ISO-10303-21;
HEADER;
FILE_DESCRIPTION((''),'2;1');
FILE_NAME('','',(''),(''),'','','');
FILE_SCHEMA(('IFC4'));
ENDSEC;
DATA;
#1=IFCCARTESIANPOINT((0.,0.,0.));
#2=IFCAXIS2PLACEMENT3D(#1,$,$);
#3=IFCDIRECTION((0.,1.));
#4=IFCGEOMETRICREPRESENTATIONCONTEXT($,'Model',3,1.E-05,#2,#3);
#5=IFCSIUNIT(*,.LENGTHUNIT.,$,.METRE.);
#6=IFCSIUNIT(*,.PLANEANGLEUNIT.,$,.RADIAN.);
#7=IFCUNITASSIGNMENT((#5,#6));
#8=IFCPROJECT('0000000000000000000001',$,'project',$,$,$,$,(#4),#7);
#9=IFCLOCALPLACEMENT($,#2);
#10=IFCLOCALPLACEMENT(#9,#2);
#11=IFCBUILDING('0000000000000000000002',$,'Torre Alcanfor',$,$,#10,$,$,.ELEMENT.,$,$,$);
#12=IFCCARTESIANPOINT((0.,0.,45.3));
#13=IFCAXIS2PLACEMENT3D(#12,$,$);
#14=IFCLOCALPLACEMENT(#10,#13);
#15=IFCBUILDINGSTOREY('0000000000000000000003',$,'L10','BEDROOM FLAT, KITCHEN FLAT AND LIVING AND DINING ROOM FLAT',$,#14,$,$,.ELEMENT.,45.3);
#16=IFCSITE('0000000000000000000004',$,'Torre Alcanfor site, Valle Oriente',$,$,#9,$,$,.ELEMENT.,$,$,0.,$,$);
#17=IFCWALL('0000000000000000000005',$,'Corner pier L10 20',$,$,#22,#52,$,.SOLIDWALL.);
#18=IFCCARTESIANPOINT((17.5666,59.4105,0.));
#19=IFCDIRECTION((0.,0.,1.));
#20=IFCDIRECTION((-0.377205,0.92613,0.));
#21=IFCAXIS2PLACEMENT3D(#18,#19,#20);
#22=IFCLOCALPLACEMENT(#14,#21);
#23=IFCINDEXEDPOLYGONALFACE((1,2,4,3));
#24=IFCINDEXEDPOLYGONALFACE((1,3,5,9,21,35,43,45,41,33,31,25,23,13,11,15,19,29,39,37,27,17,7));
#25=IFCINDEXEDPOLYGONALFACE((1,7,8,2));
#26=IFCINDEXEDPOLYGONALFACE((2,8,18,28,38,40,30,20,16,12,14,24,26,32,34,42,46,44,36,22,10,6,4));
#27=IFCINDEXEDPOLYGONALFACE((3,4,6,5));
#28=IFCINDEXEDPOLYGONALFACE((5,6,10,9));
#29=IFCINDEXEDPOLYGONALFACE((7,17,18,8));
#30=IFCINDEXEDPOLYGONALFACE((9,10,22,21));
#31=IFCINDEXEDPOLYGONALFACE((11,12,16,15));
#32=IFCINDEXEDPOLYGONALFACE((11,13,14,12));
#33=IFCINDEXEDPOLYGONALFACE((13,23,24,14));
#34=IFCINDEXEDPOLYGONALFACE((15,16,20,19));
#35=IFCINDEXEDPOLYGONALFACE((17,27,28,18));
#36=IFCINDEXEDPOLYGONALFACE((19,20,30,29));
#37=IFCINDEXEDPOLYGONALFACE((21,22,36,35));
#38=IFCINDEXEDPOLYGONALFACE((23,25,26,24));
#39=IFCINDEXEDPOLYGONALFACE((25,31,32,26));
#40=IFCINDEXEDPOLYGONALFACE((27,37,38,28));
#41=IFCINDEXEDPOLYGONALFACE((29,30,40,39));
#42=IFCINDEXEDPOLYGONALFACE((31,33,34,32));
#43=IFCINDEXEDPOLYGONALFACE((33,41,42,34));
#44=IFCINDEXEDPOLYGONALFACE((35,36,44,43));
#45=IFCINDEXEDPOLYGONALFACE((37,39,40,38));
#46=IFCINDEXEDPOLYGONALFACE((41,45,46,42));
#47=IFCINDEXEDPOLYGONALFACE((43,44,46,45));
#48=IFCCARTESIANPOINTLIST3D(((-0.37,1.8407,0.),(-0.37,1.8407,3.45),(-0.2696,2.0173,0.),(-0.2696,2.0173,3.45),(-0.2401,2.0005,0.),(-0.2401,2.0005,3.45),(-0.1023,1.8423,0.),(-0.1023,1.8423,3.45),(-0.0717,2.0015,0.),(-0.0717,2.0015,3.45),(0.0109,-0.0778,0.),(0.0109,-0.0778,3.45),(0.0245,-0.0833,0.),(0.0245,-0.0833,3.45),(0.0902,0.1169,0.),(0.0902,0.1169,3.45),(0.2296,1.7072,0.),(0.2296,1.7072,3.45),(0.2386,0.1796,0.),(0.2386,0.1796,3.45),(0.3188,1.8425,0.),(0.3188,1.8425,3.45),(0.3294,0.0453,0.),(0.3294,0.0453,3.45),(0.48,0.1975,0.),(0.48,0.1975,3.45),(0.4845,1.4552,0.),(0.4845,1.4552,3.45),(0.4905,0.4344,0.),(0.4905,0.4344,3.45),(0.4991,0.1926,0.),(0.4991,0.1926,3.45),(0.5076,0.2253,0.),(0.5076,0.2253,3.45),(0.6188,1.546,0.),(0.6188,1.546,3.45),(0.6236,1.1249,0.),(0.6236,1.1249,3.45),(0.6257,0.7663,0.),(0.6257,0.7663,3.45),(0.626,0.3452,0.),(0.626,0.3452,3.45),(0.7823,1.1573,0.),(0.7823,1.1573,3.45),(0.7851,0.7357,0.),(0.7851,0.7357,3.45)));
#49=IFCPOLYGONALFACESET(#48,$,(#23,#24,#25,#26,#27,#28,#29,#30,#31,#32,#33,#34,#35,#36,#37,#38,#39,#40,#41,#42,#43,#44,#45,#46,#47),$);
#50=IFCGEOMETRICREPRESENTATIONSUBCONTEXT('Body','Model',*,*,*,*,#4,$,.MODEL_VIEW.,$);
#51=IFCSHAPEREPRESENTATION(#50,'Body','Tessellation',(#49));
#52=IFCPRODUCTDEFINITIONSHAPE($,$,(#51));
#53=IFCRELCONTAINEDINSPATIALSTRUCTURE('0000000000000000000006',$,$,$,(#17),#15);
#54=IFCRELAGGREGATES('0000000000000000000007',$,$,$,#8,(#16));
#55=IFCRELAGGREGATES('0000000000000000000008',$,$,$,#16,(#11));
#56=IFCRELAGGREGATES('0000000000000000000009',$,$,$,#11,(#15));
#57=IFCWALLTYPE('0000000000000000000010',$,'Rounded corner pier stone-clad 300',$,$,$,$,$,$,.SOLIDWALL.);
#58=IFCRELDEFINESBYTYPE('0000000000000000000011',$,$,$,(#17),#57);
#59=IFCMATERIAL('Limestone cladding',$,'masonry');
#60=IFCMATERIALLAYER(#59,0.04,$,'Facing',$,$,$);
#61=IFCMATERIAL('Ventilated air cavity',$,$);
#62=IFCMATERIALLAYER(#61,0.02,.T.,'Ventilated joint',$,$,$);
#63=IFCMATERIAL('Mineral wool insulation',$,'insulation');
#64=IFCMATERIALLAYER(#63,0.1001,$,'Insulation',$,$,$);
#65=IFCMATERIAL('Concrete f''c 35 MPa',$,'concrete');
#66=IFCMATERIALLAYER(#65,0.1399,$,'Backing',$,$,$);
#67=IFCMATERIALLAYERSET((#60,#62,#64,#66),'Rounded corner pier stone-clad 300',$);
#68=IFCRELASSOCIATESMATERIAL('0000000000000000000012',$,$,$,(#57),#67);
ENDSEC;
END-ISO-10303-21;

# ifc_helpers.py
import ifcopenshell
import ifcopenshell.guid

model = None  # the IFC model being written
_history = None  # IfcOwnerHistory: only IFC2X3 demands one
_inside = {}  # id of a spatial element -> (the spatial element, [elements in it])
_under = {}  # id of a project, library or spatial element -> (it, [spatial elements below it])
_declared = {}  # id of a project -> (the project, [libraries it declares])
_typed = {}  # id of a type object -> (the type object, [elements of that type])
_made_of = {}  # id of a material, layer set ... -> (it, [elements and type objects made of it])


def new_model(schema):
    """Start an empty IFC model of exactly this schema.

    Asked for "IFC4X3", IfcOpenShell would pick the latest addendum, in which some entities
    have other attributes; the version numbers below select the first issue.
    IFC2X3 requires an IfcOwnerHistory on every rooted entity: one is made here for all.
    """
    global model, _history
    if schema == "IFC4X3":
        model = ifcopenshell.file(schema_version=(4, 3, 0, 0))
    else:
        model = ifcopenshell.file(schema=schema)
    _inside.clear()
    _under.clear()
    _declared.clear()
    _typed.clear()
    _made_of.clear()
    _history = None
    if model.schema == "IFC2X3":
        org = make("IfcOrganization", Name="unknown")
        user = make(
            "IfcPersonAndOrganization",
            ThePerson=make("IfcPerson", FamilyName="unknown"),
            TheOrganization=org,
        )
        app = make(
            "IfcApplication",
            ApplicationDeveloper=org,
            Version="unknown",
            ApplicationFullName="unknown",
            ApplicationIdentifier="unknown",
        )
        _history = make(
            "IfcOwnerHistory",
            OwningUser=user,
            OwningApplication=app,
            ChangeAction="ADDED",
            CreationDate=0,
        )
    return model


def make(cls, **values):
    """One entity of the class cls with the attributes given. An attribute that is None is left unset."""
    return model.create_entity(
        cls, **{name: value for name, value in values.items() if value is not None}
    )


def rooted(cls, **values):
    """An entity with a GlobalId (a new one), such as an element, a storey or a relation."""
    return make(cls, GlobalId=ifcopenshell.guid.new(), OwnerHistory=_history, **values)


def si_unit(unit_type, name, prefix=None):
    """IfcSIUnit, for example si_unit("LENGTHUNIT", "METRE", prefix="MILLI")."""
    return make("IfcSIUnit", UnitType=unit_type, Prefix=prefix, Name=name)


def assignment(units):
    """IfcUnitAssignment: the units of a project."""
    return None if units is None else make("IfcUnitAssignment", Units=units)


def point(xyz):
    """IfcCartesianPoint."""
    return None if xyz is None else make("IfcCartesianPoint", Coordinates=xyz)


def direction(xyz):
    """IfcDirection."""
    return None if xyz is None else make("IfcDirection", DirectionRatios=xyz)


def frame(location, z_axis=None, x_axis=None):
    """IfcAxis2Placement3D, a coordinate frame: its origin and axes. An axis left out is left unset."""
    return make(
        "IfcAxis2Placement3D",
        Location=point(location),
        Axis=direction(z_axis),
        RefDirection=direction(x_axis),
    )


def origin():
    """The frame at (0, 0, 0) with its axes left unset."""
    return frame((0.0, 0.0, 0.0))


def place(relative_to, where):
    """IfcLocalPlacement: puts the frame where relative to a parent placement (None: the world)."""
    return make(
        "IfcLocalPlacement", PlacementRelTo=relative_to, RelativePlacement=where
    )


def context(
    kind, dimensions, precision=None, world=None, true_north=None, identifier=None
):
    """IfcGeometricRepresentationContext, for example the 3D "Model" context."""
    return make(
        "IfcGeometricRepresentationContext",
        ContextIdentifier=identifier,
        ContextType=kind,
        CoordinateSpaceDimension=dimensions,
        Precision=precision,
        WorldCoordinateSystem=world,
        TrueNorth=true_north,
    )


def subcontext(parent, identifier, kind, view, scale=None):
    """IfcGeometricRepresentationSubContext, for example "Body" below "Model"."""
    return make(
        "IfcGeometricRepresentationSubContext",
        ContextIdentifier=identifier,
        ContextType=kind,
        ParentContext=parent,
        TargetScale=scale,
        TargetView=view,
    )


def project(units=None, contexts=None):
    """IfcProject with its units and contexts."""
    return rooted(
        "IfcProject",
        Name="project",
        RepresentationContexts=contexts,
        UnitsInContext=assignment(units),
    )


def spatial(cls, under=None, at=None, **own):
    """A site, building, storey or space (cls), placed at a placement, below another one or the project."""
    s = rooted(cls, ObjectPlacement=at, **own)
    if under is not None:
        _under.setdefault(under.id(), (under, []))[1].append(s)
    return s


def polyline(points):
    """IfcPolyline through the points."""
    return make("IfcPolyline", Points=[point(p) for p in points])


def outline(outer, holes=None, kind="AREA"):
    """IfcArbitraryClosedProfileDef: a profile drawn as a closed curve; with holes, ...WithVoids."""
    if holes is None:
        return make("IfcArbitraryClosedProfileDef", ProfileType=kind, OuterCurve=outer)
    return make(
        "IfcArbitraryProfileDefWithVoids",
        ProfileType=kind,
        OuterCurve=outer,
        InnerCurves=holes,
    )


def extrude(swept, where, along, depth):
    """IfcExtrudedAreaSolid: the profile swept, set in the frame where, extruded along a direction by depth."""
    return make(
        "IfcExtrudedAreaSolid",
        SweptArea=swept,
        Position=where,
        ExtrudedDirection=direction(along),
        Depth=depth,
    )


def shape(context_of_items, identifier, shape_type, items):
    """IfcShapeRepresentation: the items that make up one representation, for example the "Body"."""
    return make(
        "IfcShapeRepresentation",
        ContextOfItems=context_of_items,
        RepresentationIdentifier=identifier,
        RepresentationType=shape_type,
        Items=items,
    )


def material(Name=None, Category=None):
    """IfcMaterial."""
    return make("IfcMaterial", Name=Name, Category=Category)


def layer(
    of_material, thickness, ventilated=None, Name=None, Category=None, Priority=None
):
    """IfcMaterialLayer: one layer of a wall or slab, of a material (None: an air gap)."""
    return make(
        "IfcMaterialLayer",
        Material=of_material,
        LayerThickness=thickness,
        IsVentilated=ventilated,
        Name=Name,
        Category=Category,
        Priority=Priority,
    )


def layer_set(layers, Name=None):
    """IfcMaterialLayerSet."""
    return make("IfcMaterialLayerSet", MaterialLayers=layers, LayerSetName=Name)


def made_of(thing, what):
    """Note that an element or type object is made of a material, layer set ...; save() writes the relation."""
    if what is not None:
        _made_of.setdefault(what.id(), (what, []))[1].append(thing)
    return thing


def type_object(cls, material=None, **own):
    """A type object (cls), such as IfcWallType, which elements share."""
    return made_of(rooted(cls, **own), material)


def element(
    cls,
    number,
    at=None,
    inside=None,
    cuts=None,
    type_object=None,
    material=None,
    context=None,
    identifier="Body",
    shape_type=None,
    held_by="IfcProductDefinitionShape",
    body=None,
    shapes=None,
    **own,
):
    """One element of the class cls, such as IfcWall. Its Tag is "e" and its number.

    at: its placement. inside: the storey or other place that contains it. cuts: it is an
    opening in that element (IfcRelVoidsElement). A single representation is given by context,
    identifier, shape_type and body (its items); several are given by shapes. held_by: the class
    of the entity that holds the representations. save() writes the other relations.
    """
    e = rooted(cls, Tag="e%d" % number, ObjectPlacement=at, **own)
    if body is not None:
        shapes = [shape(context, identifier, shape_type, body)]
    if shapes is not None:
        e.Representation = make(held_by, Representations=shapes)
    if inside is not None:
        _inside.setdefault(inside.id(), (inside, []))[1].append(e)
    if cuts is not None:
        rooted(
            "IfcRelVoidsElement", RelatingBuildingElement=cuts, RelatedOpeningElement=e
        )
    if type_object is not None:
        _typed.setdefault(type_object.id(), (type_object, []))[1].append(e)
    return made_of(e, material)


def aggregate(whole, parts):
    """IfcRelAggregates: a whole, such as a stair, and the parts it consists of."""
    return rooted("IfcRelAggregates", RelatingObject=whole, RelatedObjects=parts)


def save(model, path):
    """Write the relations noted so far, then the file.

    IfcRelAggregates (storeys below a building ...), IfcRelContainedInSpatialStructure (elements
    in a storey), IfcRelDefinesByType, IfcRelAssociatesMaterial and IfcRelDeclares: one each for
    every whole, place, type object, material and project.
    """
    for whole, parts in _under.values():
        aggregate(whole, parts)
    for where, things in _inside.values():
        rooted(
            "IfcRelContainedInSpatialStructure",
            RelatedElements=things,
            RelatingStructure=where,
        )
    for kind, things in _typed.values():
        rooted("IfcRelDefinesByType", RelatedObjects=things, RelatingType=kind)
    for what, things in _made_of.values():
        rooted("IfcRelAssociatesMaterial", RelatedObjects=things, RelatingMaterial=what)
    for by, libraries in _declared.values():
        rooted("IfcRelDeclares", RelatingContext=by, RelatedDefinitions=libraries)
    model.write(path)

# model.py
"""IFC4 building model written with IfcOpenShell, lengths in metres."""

from ifc_helpers import new_model, si_unit, direction, frame, origin, place, context, subcontext, project, spatial, polyline, outline, extrude, material, layer, layer_set, type_object, element, save


model = new_model("IFC4")

# Units and contexts
model_context = context("Model", 3, precision=1e-05, world=origin(), true_north=direction((0.0, 1.0)))
body_context = subcontext(model_context, "Body", "Model", "MODEL_VIEW")
ifc_project = project(units=[si_unit("LENGTHUNIT", "METRE"), si_unit("PLANEANGLEUNIT", "RADIAN")], contexts=[model_context])

# Site, building, storey
site_placement = place(None, origin())
site = spatial("IfcSite", under=ifc_project, at=site_placement, Name="Torre Alcanfor site, Valle Oriente", CompositionType="ELEMENT", RefElevation=0.0)
building_placement = place(site_placement, origin())
building = spatial("IfcBuilding", under=site, at=building_placement, Name="Torre Alcanfor", CompositionType="ELEMENT")
storey_placement = place(building_placement, frame((0.0, 0.0, 45.3)))
storey = spatial("IfcBuildingStorey", under=building, at=storey_placement, Name="L10", Description="BEDROOM FLAT, KITCHEN FLAT AND LIVING AND DINING ROOM FLAT", CompositionType="ELEMENT", Elevation=45.3)

# Wall
ifc_material_1 = material(Name="Limestone cladding", Category="masonry")
ifc_layer_1 = layer(ifc_material_1, 0.04, Name="Facing")
ifc_material_2 = material(Name="Ventilated air cavity")
ifc_layer_2 = layer(ifc_material_2, 0.02, ventilated=True, Name="Ventilated joint")
ifc_material_3 = material(Name="Mineral wool insulation", Category="insulation")
ifc_layer_3 = layer(ifc_material_3, 0.1001, Name="Insulation")
ifc_material_4 = material(Name="Concrete f'c 35 MPa", Category="concrete")
ifc_layer_4 = layer(ifc_material_4, 0.1399, Name="Backing")
ifc_layer_set_1 = layer_set([ifc_layer_1, ifc_layer_2, ifc_layer_3, ifc_layer_4], Name="Rounded corner pier stone-clad 300")
wall_type_1 = type_object("IfcWallType", Name="Rounded corner pier stone-clad 300", PredefinedType="SOLIDWALL", material=ifc_layer_set_1)
wall_1_placement = place(storey_placement, frame((17.5666, 59.4105, 0.0), z_axis=(0.0, 0.0, 1.0), x_axis=(-0.377205, 0.92613, 0.0)))
element("IfcWall", 1, at=wall_1_placement, inside=storey, type_object=wall_type_1, Name="Corner pier L10 20", PredefinedType="SOLIDWALL", context=body_context, shape_type="SweptSolid", body=[
    extrude(outline(polyline([(-0.2696, 2.0173), (-0.37, 1.8407), (-0.1023, 1.8423), (0.2296, 1.7072), (0.4845, 1.4552), (0.6236, 1.1249), (0.6257, 0.7663), (0.4905, 0.4344), (0.2386, 0.1796), (0.0902, 0.1169), (0.0109, -0.0778), (0.0245, -0.0833), (0.3294, 0.0453), (0.48, 0.1975), (0.4991, 0.1926), (0.5076, 0.2253), (0.626, 0.3452), (0.7851, 0.7357), (0.7823, 1.1573), (0.6188, 1.546), (0.3188, 1.8425), (-0.0717, 2.0015), (-0.2401, 2.0005), (-0.2696, 2.0173)])), origin(), (0.0, 0.0, 1.0), 3.45),
])

save(model, "model.ifc")
